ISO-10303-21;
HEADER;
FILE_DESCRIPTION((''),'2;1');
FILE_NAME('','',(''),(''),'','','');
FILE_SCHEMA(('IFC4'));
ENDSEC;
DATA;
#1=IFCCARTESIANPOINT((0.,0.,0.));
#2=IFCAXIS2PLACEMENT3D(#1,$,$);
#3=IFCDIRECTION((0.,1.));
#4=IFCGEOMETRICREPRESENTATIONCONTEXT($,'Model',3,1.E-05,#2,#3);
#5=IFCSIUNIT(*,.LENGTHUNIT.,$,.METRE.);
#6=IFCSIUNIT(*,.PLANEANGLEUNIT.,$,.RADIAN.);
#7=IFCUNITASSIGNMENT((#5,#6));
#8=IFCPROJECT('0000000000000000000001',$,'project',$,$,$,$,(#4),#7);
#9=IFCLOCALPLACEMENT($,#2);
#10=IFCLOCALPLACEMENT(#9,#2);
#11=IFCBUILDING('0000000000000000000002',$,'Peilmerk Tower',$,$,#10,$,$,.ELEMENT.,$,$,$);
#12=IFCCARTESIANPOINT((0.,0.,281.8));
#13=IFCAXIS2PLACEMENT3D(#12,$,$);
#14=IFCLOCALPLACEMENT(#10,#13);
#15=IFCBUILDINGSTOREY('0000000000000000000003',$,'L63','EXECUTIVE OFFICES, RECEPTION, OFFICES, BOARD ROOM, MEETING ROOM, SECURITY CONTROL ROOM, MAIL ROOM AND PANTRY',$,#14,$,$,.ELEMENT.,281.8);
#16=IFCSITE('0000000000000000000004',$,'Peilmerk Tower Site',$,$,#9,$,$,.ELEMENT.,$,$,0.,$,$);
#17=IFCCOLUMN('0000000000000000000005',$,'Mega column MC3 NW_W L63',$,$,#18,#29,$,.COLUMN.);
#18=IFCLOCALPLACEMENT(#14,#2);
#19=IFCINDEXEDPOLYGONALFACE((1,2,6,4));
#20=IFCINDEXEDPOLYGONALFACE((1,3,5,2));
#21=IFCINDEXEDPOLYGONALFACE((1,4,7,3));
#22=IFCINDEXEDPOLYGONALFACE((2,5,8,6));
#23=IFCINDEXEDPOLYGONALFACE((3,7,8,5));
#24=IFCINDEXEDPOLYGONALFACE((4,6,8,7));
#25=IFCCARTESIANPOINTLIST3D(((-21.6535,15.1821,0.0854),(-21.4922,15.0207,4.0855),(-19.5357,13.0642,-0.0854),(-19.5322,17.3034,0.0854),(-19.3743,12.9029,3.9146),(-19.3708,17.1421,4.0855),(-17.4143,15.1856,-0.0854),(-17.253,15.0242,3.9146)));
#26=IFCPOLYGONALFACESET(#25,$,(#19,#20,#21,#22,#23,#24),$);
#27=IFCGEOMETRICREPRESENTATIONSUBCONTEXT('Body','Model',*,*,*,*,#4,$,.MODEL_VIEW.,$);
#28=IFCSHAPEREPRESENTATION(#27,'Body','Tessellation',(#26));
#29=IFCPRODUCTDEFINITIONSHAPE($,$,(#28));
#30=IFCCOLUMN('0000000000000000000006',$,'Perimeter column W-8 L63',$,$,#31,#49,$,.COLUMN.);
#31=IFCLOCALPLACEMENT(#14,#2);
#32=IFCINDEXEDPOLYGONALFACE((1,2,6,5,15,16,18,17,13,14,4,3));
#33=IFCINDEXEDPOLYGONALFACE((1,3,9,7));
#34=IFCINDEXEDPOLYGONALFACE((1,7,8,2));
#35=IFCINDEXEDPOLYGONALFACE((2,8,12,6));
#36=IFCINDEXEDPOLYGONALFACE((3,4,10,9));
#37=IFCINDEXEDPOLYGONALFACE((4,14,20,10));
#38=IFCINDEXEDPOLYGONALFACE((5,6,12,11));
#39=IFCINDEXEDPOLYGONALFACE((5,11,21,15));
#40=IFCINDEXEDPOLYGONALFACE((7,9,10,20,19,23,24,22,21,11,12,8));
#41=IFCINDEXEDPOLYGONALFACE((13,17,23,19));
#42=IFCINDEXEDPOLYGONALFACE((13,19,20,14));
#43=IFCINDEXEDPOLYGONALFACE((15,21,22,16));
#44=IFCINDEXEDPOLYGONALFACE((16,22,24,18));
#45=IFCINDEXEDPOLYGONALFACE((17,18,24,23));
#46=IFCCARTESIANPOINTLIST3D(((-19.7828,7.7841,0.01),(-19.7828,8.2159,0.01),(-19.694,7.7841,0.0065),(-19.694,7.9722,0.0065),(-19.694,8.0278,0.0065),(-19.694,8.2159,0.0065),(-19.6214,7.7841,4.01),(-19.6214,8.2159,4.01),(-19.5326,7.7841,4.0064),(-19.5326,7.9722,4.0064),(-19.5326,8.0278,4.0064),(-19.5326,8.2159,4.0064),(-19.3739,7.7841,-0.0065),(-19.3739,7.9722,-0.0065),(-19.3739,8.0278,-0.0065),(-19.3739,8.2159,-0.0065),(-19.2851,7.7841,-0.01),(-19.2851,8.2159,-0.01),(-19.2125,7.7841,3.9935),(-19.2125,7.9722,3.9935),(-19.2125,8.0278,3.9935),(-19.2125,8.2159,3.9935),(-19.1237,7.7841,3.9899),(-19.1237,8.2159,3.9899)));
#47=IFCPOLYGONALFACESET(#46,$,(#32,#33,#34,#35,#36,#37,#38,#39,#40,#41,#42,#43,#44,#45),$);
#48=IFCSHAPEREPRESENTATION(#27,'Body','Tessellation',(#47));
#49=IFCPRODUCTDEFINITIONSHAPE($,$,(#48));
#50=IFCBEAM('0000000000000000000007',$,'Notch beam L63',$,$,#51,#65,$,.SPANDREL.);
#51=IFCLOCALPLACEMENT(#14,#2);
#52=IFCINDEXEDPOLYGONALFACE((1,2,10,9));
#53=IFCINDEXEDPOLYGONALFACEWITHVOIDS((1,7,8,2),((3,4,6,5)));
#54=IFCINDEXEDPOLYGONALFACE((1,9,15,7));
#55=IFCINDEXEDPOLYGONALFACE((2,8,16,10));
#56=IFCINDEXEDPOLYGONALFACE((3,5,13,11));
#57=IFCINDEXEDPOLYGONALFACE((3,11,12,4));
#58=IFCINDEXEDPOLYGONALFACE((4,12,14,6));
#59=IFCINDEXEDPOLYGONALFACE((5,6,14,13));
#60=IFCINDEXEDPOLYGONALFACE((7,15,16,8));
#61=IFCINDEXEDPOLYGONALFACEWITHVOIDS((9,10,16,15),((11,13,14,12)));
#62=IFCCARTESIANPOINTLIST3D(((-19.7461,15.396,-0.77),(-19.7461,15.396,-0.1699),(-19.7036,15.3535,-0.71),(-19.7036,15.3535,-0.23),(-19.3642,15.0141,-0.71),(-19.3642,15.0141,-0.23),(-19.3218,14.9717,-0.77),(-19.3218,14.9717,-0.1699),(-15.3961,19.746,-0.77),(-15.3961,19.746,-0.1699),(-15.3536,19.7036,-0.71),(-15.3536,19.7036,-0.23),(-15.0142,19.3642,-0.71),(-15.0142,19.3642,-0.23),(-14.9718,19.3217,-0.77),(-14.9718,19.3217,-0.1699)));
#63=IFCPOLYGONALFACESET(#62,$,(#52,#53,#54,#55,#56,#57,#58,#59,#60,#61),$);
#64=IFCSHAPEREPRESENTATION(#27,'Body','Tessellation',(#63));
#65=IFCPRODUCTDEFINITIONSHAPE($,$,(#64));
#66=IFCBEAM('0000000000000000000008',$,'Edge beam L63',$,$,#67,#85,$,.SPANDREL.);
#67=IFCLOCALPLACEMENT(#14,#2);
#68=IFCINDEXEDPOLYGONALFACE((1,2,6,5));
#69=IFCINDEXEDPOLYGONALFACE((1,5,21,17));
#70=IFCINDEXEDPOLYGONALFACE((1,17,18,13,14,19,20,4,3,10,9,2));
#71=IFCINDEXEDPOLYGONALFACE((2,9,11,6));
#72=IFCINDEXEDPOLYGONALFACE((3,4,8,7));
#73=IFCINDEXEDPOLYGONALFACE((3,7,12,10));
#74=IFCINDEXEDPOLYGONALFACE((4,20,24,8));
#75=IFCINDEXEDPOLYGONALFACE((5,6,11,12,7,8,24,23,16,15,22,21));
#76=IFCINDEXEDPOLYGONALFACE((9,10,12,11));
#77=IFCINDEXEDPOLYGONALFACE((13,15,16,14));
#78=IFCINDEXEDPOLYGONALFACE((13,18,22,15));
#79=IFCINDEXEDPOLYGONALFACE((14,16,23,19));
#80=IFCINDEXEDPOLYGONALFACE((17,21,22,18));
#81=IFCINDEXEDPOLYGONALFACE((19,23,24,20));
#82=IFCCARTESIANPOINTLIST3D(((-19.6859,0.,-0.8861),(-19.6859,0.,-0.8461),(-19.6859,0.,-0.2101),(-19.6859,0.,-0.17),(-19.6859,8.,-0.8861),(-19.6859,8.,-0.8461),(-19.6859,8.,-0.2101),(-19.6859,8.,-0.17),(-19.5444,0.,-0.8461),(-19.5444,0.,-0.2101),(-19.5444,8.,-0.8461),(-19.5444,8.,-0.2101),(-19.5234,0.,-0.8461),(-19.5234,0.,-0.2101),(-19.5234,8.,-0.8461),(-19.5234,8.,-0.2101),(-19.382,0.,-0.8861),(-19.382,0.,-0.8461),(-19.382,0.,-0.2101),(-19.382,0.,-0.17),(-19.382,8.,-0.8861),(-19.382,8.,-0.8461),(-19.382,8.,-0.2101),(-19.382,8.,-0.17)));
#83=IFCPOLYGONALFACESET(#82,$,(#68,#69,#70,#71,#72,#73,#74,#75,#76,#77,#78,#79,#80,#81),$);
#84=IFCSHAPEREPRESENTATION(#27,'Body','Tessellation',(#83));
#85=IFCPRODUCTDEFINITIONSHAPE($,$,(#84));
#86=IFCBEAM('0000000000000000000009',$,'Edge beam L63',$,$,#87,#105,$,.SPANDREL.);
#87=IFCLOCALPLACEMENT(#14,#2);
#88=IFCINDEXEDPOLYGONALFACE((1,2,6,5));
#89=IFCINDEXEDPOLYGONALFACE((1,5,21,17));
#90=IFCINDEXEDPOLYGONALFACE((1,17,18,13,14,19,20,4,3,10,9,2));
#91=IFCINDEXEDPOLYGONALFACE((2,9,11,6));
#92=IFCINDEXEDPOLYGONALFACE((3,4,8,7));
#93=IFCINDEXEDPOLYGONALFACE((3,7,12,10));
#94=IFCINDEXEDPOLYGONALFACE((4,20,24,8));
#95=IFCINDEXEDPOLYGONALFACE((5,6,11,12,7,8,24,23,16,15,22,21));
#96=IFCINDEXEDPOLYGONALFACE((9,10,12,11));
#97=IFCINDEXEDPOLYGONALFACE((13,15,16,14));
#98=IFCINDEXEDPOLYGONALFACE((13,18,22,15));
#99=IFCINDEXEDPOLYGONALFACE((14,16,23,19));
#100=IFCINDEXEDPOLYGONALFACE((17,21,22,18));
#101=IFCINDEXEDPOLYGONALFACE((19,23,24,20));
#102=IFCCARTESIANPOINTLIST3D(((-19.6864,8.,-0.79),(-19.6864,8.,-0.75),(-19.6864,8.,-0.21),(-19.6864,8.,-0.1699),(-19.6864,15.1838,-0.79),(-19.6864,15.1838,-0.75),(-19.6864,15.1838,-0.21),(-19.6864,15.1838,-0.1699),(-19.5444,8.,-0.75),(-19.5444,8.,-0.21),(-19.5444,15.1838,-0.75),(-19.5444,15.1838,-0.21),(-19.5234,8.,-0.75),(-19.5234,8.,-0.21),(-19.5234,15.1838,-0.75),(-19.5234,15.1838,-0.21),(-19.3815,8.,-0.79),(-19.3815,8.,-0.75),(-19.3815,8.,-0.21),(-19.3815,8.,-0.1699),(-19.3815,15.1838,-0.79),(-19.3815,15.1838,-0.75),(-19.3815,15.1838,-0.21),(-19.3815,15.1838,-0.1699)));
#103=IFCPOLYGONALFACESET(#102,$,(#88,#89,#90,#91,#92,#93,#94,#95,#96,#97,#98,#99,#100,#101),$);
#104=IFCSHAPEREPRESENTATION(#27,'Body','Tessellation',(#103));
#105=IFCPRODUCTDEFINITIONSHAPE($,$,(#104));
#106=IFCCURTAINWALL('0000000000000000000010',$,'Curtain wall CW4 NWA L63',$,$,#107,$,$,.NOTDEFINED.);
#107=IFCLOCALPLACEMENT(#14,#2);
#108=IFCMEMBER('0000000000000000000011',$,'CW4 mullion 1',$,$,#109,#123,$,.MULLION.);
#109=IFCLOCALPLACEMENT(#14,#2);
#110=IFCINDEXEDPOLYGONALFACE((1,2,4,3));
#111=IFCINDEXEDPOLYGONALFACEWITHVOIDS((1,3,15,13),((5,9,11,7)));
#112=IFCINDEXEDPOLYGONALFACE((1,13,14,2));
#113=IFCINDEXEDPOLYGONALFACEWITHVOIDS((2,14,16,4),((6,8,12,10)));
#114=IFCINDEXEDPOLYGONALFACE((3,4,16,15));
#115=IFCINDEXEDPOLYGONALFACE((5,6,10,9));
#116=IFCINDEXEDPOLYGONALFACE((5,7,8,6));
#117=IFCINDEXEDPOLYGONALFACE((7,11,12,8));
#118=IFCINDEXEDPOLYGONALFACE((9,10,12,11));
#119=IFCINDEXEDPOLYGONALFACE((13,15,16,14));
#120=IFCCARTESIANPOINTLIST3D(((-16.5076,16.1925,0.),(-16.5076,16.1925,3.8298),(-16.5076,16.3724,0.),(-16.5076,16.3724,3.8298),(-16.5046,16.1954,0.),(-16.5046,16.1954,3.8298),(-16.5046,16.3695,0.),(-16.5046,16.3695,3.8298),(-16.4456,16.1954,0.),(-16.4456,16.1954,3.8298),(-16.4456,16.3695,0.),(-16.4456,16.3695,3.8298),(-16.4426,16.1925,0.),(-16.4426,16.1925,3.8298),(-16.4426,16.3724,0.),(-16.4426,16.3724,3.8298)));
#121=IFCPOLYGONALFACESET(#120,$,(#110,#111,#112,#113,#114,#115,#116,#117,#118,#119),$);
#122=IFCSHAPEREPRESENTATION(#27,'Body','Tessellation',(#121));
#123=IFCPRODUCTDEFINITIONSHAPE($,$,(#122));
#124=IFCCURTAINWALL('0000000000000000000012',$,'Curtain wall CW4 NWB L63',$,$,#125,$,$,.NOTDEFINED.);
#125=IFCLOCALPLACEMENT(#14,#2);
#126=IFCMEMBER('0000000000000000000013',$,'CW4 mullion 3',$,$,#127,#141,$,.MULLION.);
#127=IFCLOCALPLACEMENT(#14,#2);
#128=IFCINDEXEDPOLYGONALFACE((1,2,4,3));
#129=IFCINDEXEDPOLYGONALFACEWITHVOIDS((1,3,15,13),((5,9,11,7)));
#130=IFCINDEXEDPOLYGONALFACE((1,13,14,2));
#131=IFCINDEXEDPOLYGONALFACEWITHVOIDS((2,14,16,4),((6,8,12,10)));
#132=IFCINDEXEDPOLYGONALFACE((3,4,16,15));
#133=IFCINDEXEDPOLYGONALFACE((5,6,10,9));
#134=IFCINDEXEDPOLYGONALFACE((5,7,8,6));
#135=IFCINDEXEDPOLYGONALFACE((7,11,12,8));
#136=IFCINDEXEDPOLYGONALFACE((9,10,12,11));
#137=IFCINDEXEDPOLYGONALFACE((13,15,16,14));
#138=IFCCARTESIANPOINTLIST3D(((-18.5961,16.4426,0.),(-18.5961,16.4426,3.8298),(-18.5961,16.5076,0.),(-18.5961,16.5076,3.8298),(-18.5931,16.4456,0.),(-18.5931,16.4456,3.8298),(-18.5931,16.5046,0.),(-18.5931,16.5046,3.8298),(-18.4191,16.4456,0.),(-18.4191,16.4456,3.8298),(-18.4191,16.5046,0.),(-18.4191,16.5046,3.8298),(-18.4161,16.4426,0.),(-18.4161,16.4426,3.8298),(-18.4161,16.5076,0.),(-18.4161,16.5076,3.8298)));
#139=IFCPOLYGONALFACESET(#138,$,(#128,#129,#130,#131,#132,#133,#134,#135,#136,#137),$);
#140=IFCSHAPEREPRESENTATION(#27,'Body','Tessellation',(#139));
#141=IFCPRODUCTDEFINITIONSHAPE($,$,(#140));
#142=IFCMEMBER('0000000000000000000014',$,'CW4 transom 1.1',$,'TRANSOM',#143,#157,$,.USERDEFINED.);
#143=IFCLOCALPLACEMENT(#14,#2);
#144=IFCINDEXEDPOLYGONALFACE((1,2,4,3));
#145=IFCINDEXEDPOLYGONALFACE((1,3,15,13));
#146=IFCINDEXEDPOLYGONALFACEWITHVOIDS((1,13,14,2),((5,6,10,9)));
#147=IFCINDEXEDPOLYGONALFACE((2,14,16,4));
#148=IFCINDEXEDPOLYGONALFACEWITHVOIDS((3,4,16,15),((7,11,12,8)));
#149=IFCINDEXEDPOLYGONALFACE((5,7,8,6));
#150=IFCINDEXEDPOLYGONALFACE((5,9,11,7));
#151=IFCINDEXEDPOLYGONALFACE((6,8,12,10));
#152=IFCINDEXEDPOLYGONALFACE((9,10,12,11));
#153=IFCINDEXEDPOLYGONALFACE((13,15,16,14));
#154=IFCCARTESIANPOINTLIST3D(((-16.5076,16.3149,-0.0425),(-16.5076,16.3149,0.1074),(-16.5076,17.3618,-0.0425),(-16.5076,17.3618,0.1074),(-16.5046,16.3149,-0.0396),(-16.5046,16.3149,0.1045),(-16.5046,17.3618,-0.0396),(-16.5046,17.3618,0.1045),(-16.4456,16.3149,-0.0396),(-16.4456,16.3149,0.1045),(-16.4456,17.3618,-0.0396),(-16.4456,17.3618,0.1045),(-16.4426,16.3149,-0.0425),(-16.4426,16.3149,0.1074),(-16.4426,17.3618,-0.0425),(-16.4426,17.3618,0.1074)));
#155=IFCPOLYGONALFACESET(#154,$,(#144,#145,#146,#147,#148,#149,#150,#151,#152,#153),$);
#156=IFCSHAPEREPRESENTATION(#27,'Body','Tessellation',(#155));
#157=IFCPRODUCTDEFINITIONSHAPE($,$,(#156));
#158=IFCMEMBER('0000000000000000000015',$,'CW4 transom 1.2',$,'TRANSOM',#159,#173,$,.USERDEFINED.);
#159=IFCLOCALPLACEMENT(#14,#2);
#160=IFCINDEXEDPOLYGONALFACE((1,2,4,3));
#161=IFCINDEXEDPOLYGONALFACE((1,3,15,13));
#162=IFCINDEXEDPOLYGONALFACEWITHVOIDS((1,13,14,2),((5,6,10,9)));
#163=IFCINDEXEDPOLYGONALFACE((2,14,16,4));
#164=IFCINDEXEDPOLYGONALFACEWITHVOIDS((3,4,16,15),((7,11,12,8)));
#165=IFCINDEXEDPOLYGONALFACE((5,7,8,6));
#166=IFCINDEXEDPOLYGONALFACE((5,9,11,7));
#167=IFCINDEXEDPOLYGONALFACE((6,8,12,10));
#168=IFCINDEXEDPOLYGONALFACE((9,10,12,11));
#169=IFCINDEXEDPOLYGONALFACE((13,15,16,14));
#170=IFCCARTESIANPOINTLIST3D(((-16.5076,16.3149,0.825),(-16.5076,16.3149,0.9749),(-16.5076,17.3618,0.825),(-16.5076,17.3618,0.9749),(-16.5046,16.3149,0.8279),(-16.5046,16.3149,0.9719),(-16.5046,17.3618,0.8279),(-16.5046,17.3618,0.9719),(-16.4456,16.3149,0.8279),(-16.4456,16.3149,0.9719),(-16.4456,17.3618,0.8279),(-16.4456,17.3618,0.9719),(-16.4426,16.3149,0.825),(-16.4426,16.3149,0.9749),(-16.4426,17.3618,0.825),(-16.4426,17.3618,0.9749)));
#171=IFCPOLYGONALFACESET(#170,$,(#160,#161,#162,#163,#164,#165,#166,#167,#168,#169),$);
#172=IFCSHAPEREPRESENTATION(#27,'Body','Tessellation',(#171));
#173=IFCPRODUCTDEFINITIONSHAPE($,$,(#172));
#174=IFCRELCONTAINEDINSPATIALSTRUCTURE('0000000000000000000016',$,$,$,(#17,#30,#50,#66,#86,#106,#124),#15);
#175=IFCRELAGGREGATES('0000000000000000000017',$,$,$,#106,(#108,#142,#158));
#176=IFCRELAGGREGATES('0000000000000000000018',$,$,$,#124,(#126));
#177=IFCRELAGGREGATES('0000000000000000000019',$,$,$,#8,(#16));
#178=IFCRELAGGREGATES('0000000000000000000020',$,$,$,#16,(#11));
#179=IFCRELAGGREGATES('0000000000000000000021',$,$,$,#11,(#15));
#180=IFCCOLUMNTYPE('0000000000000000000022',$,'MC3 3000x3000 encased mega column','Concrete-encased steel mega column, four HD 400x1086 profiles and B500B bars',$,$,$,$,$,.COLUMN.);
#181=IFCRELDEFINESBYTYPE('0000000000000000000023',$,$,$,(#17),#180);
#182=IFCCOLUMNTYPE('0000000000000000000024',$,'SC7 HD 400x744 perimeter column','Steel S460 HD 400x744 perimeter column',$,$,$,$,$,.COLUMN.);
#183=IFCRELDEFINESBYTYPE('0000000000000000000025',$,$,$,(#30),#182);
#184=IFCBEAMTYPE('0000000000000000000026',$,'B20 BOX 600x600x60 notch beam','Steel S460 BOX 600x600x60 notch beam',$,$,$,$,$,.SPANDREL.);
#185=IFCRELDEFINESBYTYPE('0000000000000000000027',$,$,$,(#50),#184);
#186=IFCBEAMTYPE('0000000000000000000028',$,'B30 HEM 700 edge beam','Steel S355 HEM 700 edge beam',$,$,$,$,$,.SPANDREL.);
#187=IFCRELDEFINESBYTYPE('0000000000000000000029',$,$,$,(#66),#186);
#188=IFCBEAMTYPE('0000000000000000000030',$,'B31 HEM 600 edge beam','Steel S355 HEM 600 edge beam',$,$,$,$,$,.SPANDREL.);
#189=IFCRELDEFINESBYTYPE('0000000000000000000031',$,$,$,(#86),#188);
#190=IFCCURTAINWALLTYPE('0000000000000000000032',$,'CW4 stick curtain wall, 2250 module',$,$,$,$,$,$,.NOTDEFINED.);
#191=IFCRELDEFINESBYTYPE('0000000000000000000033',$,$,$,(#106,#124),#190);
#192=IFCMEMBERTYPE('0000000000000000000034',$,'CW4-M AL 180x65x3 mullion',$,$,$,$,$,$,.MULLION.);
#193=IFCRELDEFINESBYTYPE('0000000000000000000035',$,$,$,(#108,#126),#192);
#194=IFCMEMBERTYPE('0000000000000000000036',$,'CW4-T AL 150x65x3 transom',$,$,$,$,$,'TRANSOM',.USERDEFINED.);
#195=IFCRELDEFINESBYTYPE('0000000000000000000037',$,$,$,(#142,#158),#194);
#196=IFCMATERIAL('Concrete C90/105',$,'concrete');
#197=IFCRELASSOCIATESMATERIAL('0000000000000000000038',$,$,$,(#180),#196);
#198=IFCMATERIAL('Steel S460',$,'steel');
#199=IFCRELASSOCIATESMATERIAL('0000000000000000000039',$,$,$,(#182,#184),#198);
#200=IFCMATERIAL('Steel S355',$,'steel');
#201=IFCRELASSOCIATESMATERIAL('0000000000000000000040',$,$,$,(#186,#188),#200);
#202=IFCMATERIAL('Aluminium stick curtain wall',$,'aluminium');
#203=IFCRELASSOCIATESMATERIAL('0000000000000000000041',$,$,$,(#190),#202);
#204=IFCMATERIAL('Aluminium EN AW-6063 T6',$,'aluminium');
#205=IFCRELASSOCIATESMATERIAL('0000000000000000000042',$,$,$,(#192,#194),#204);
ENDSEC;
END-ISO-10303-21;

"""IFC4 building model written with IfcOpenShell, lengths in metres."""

from ifc_helpers import new_model, si_unit, direction, frame, origin, origin_2d, place, context, subcontext, project, spatial, rectangle, hollow_rectangle, i_section, extrude, material, material_profile, profile_set, type_object, element, aggregate, save


model = new_model("IFC4")

# Units and contexts
model_context = context("Model", 3, precision=1e-05, world=origin(), true_north=direction((0.0, 1.0)))
body_context = subcontext(model_context, "Body", "Model", "MODEL_VIEW")
ifc_project = project(units=[si_unit("LENGTHUNIT", "METRE"), si_unit("PLANEANGLEUNIT", "RADIAN")], contexts=[model_context])

# Site, building, storey
site_placement = place(None, origin())
site = spatial("IfcSite", under=ifc_project, at=site_placement, Name="Peilmerk Tower Site", CompositionType="ELEMENT", RefElevation=0.0)
building_placement = place(site_placement, origin())
building = spatial("IfcBuilding", under=site, at=building_placement, Name="Peilmerk Tower", CompositionType="ELEMENT")
storey_placement = place(building_placement, frame((0.0, 0.0, 281.8)))
storey = spatial("IfcBuildingStorey", under=building, at=storey_placement, Name="L63", Description="EXECUTIVE OFFICES, RECEPTION, OFFICES, BOARD ROOM, MEETING ROOM, SECURITY CONTROL ROOM, MAIL ROOM AND PANTRY", CompositionType="ELEMENT", Elevation=281.8)

# Columns
ifc_material_1 = material(Name="Concrete C90/105", Category="concrete")
ifc_material_profile_1 = material_profile(ifc_material_1, rectangle(XDim=3.0, YDim=3.0, at=origin_2d()), Name="RC 3000x3000")
ifc_profile_set_1 = profile_set([ifc_material_profile_1], Name="Concrete C90/105")
column_type_1 = type_object("IfcColumnType", Name="MC3 3000x3000 encased mega column", Description="Concrete-encased steel mega column, four HD 400x1086 profiles and B500B bars", PredefinedType="COLUMN", material=ifc_profile_set_1)
column_1_placement = place(storey_placement, frame((-19.5339, 15.1838, 0.0), z_axis=(0.040279, -0.040279, 0.998376), x_axis=(0.707107, 0.707107, 0.0)))
element("IfcColumn", 1, at=column_1_placement, inside=storey, type_object=column_type_1, Name="Mega column MC3 NW_W L63", PredefinedType="COLUMN", context=body_context, shape_type="SweptSolid", body=[
    extrude(rectangle(XDim=3.0, YDim=3.0, at=origin_2d()), origin(), (0.0, 0.0, 1.0), 4.0066),
])
ifc_material_2 = material(Name="Steel S460", Category="steel")
ifc_material_profile_2 = material_profile(ifc_material_2, i_section(OverallWidth=0.4319, OverallDepth=0.498, WebThickness=0.0557, FlangeThickness=0.0889, at=origin_2d()), Name="HD 400x744")
ifc_profile_set_2 = profile_set([ifc_material_profile_2], Name="Steel S460")
column_type_2 = type_object("IfcColumnType", Name="SC7 HD 400x744 perimeter column", Description="Steel S460 HD 400x744 perimeter column", PredefinedType="COLUMN", material=ifc_profile_set_2)
column_2_placement = place(storey_placement, frame((-19.5339, 8.0, 0.0), z_axis=(0.040311, 0.0, 0.999187), x_axis=(0.0, 1.0, 0.0)))
element("IfcColumn", 2, at=column_2_placement, inside=storey, type_object=column_type_2, Name="Perimeter column W-8 L63", PredefinedType="COLUMN", context=body_context, shape_type="SweptSolid", body=[
    extrude(i_section(OverallWidth=0.4319, OverallDepth=0.498, WebThickness=0.0557, FlangeThickness=0.0889, at=origin_2d()), origin(), (0.0, 0.0, 1.0), 4.0032),
])

# Beams
ifc_material_profile_3 = material_profile(ifc_material_2, hollow_rectangle(XDim=0.6001, YDim=0.6001, WallThickness=0.0601, at=origin_2d()), Name="BOX 600x600x60")
ifc_profile_set_3 = profile_set([ifc_material_profile_3], Name="Steel S460")
beam_type_1 = type_object("IfcBeamType", Name="B20 BOX 600x600x60 notch beam", Description="Steel S460 BOX 600x600x60 notch beam", PredefinedType="SPANDREL", material=ifc_profile_set_3)
beam_1_placement = place(storey_placement, frame((-19.5339, 15.1838, -0.47), z_axis=(0.707107, 0.707107, 0.0), x_axis=(-0.707107, 0.707107, 0.0)))
element("IfcBeam", 3, at=beam_1_placement, inside=storey, type_object=beam_type_1, Name="Notch beam L63", PredefinedType="SPANDREL", context=body_context, shape_type="SweptSolid", body=[
    extrude(hollow_rectangle(XDim=0.6001, YDim=0.6001, WallThickness=0.0601, at=origin_2d()), origin(), (0.0, 0.0, 1.0), 6.1519),
])
ifc_material_3 = material(Name="Steel S355", Category="steel")
ifc_material_profile_4 = material_profile(ifc_material_3, i_section(OverallWidth=0.304, OverallDepth=0.7161, WebThickness=0.021, FlangeThickness=0.04, at=origin_2d()), Name="HEM 700")
ifc_profile_set_4 = profile_set([ifc_material_profile_4], Name="Steel S355")
beam_type_2 = type_object("IfcBeamType", Name="B30 HEM 700 edge beam", Description="Steel S355 HEM 700 edge beam", PredefinedType="SPANDREL", material=ifc_profile_set_4)
beam_2_placement = place(storey_placement, frame((-19.5339, 8.0, -0.5281), z_axis=(0.0, -1.0, 0.0), x_axis=(1.0, 0.0, 0.0)))
element("IfcBeam", 4, at=beam_2_placement, inside=storey, type_object=beam_type_2, Name="Edge beam L63", PredefinedType="SPANDREL", context=body_context, shape_type="SweptSolid", body=[
    extrude(i_section(OverallWidth=0.304, OverallDepth=0.7161, WebThickness=0.021, FlangeThickness=0.04, at=origin_2d()), origin(), (0.0, 0.0, 1.0), 8.0),
])
ifc_material_profile_5 = material_profile(ifc_material_3, i_section(OverallWidth=0.3049, OverallDepth=0.6201, WebThickness=0.021, FlangeThickness=0.04, at=origin_2d()), Name="HEM 600")
ifc_profile_set_5 = profile_set([ifc_material_profile_5], Name="Steel S355")
beam_type_3 = type_object("IfcBeamType", Name="B31 HEM 600 edge beam", Description="Steel S355 HEM 600 edge beam", PredefinedType="SPANDREL", material=ifc_profile_set_5)
beam_3_placement = place(storey_placement, frame((-19.5339, 15.1838, -0.48), z_axis=(0.0, -1.0, 0.0), x_axis=(1.0, 0.0, 0.0)))
element("IfcBeam", 5, at=beam_3_placement, inside=storey, type_object=beam_type_3, Name="Edge beam L63", PredefinedType="SPANDREL", context=body_context, shape_type="SweptSolid", body=[
    extrude(i_section(OverallWidth=0.3049, OverallDepth=0.6201, WebThickness=0.021, FlangeThickness=0.04, at=origin_2d()), origin(), (0.0, 0.0, 1.0), 7.1838),
])

# Curtain walls, members
ifc_material_4 = material(Name="Aluminium stick curtain wall", Category="aluminium")
curtain_wall_type = type_object("IfcCurtainWallType", Name="CW4 stick curtain wall, 2250 module", PredefinedType="NOTDEFINED", material=ifc_material_4)
curtain_wall_1_placement = place(storey_placement, origin())
curtain_wall_1 = element("IfcCurtainWall", 6, at=curtain_wall_1_placement, inside=storey, type_object=curtain_wall_type, Name="Curtain wall CW4 NWA L63", PredefinedType="NOTDEFINED")
ifc_material_5 = material(Name="Aluminium EN AW-6063 T6", Category="aluminium")
ifc_material_profile_6 = material_profile(ifc_material_5, hollow_rectangle(XDim=0.0649, YDim=0.1799, WallThickness=0.0029, at=origin_2d()), Name="AL 180x65x3")
ifc_profile_set_6 = profile_set([ifc_material_profile_6], Name="Aluminium EN AW-6063 T6")
member_type_1 = type_object("IfcMemberType", Name="CW4-M AL 180x65x3 mullion", PredefinedType="MULLION", material=ifc_profile_set_6)
member_1_placement = place(storey_placement, frame((-16.4751, 16.2825, 0.0), z_axis=(0.0, 0.0, 1.0), x_axis=(-1.0, 0.0, 0.0)))
member_1 = element("IfcMember", 7, at=member_1_placement, type_object=member_type_1, Name="CW4 mullion 1", PredefinedType="MULLION", context=body_context, shape_type="SweptSolid", body=[
    extrude(hollow_rectangle(XDim=0.0649, YDim=0.1799, WallThickness=0.0029, at=origin_2d()), origin(), (0.0, 0.0, 1.0), 3.8298),
])
curtain_wall_2_placement = place(storey_placement, origin())
curtain_wall_2 = element("IfcCurtainWall", 8, at=curtain_wall_2_placement, inside=storey, type_object=curtain_wall_type, Name="Curtain wall CW4 NWB L63", PredefinedType="NOTDEFINED")
member_2_placement = place(storey_placement, frame((-18.5061, 16.4751, 0.0), z_axis=(0.0, 0.0, 1.0), x_axis=(0.0, -1.0, 0.0)))
member_2 = element("IfcMember", 9, at=member_2_placement, type_object=member_type_1, Name="CW4 mullion 3", PredefinedType="MULLION", context=body_context, shape_type="SweptSolid", body=[
    extrude(hollow_rectangle(XDim=0.0649, YDim=0.1799, WallThickness=0.0029, at=origin_2d()), origin(), (0.0, 0.0, 1.0), 3.8298),
])

# Members
ifc_material_profile_7 = material_profile(ifc_material_5, hollow_rectangle(XDim=0.0649, YDim=0.1499, WallThickness=0.0029, at=origin_2d()), Name="AL 150x65x3")
ifc_profile_set_7 = profile_set([ifc_material_profile_7], Name="Aluminium EN AW-6063 T6")
member_type_2 = type_object("IfcMemberType", Name="CW4-T AL 150x65x3 transom", ElementType="TRANSOM", PredefinedType="USERDEFINED", material=ifc_profile_set_7)
member_3_placement = place(storey_placement, frame((-16.4751, 16.3149, 0.0325), z_axis=(0.0, 1.0, 0.0), x_axis=(-1.0, 0.0, 0.0)))
member_3 = element("IfcMember", 10, at=member_3_placement, type_object=member_type_2, Name="CW4 transom 1.1", ObjectType="TRANSOM", PredefinedType="USERDEFINED", context=body_context, shape_type="SweptSolid", body=[
    extrude(hollow_rectangle(XDim=0.0649, YDim=0.1499, WallThickness=0.0029, at=origin_2d()), origin(), (0.0, 0.0, 1.0), 1.0469),
])
member_4_placement = place(storey_placement, frame((-16.4751, 16.3149, 0.8999), z_axis=(0.0, 1.0, 0.0), x_axis=(-1.0, 0.0, 0.0)))
member_4 = element("IfcMember", 11, at=member_4_placement, type_object=member_type_2, Name="CW4 transom 1.2", ObjectType="TRANSOM", PredefinedType="USERDEFINED", context=body_context, shape_type="SweptSolid", body=[
    extrude(hollow_rectangle(XDim=0.0649, YDim=0.1499, WallThickness=0.0029, at=origin_2d()), origin(), (0.0, 0.0, 1.0), 1.0469),
])
aggregate(curtain_wall_1, [member_1, member_3, member_4])

aggregate(curtain_wall_2, [member_2])

save(model, "model.ifc")
